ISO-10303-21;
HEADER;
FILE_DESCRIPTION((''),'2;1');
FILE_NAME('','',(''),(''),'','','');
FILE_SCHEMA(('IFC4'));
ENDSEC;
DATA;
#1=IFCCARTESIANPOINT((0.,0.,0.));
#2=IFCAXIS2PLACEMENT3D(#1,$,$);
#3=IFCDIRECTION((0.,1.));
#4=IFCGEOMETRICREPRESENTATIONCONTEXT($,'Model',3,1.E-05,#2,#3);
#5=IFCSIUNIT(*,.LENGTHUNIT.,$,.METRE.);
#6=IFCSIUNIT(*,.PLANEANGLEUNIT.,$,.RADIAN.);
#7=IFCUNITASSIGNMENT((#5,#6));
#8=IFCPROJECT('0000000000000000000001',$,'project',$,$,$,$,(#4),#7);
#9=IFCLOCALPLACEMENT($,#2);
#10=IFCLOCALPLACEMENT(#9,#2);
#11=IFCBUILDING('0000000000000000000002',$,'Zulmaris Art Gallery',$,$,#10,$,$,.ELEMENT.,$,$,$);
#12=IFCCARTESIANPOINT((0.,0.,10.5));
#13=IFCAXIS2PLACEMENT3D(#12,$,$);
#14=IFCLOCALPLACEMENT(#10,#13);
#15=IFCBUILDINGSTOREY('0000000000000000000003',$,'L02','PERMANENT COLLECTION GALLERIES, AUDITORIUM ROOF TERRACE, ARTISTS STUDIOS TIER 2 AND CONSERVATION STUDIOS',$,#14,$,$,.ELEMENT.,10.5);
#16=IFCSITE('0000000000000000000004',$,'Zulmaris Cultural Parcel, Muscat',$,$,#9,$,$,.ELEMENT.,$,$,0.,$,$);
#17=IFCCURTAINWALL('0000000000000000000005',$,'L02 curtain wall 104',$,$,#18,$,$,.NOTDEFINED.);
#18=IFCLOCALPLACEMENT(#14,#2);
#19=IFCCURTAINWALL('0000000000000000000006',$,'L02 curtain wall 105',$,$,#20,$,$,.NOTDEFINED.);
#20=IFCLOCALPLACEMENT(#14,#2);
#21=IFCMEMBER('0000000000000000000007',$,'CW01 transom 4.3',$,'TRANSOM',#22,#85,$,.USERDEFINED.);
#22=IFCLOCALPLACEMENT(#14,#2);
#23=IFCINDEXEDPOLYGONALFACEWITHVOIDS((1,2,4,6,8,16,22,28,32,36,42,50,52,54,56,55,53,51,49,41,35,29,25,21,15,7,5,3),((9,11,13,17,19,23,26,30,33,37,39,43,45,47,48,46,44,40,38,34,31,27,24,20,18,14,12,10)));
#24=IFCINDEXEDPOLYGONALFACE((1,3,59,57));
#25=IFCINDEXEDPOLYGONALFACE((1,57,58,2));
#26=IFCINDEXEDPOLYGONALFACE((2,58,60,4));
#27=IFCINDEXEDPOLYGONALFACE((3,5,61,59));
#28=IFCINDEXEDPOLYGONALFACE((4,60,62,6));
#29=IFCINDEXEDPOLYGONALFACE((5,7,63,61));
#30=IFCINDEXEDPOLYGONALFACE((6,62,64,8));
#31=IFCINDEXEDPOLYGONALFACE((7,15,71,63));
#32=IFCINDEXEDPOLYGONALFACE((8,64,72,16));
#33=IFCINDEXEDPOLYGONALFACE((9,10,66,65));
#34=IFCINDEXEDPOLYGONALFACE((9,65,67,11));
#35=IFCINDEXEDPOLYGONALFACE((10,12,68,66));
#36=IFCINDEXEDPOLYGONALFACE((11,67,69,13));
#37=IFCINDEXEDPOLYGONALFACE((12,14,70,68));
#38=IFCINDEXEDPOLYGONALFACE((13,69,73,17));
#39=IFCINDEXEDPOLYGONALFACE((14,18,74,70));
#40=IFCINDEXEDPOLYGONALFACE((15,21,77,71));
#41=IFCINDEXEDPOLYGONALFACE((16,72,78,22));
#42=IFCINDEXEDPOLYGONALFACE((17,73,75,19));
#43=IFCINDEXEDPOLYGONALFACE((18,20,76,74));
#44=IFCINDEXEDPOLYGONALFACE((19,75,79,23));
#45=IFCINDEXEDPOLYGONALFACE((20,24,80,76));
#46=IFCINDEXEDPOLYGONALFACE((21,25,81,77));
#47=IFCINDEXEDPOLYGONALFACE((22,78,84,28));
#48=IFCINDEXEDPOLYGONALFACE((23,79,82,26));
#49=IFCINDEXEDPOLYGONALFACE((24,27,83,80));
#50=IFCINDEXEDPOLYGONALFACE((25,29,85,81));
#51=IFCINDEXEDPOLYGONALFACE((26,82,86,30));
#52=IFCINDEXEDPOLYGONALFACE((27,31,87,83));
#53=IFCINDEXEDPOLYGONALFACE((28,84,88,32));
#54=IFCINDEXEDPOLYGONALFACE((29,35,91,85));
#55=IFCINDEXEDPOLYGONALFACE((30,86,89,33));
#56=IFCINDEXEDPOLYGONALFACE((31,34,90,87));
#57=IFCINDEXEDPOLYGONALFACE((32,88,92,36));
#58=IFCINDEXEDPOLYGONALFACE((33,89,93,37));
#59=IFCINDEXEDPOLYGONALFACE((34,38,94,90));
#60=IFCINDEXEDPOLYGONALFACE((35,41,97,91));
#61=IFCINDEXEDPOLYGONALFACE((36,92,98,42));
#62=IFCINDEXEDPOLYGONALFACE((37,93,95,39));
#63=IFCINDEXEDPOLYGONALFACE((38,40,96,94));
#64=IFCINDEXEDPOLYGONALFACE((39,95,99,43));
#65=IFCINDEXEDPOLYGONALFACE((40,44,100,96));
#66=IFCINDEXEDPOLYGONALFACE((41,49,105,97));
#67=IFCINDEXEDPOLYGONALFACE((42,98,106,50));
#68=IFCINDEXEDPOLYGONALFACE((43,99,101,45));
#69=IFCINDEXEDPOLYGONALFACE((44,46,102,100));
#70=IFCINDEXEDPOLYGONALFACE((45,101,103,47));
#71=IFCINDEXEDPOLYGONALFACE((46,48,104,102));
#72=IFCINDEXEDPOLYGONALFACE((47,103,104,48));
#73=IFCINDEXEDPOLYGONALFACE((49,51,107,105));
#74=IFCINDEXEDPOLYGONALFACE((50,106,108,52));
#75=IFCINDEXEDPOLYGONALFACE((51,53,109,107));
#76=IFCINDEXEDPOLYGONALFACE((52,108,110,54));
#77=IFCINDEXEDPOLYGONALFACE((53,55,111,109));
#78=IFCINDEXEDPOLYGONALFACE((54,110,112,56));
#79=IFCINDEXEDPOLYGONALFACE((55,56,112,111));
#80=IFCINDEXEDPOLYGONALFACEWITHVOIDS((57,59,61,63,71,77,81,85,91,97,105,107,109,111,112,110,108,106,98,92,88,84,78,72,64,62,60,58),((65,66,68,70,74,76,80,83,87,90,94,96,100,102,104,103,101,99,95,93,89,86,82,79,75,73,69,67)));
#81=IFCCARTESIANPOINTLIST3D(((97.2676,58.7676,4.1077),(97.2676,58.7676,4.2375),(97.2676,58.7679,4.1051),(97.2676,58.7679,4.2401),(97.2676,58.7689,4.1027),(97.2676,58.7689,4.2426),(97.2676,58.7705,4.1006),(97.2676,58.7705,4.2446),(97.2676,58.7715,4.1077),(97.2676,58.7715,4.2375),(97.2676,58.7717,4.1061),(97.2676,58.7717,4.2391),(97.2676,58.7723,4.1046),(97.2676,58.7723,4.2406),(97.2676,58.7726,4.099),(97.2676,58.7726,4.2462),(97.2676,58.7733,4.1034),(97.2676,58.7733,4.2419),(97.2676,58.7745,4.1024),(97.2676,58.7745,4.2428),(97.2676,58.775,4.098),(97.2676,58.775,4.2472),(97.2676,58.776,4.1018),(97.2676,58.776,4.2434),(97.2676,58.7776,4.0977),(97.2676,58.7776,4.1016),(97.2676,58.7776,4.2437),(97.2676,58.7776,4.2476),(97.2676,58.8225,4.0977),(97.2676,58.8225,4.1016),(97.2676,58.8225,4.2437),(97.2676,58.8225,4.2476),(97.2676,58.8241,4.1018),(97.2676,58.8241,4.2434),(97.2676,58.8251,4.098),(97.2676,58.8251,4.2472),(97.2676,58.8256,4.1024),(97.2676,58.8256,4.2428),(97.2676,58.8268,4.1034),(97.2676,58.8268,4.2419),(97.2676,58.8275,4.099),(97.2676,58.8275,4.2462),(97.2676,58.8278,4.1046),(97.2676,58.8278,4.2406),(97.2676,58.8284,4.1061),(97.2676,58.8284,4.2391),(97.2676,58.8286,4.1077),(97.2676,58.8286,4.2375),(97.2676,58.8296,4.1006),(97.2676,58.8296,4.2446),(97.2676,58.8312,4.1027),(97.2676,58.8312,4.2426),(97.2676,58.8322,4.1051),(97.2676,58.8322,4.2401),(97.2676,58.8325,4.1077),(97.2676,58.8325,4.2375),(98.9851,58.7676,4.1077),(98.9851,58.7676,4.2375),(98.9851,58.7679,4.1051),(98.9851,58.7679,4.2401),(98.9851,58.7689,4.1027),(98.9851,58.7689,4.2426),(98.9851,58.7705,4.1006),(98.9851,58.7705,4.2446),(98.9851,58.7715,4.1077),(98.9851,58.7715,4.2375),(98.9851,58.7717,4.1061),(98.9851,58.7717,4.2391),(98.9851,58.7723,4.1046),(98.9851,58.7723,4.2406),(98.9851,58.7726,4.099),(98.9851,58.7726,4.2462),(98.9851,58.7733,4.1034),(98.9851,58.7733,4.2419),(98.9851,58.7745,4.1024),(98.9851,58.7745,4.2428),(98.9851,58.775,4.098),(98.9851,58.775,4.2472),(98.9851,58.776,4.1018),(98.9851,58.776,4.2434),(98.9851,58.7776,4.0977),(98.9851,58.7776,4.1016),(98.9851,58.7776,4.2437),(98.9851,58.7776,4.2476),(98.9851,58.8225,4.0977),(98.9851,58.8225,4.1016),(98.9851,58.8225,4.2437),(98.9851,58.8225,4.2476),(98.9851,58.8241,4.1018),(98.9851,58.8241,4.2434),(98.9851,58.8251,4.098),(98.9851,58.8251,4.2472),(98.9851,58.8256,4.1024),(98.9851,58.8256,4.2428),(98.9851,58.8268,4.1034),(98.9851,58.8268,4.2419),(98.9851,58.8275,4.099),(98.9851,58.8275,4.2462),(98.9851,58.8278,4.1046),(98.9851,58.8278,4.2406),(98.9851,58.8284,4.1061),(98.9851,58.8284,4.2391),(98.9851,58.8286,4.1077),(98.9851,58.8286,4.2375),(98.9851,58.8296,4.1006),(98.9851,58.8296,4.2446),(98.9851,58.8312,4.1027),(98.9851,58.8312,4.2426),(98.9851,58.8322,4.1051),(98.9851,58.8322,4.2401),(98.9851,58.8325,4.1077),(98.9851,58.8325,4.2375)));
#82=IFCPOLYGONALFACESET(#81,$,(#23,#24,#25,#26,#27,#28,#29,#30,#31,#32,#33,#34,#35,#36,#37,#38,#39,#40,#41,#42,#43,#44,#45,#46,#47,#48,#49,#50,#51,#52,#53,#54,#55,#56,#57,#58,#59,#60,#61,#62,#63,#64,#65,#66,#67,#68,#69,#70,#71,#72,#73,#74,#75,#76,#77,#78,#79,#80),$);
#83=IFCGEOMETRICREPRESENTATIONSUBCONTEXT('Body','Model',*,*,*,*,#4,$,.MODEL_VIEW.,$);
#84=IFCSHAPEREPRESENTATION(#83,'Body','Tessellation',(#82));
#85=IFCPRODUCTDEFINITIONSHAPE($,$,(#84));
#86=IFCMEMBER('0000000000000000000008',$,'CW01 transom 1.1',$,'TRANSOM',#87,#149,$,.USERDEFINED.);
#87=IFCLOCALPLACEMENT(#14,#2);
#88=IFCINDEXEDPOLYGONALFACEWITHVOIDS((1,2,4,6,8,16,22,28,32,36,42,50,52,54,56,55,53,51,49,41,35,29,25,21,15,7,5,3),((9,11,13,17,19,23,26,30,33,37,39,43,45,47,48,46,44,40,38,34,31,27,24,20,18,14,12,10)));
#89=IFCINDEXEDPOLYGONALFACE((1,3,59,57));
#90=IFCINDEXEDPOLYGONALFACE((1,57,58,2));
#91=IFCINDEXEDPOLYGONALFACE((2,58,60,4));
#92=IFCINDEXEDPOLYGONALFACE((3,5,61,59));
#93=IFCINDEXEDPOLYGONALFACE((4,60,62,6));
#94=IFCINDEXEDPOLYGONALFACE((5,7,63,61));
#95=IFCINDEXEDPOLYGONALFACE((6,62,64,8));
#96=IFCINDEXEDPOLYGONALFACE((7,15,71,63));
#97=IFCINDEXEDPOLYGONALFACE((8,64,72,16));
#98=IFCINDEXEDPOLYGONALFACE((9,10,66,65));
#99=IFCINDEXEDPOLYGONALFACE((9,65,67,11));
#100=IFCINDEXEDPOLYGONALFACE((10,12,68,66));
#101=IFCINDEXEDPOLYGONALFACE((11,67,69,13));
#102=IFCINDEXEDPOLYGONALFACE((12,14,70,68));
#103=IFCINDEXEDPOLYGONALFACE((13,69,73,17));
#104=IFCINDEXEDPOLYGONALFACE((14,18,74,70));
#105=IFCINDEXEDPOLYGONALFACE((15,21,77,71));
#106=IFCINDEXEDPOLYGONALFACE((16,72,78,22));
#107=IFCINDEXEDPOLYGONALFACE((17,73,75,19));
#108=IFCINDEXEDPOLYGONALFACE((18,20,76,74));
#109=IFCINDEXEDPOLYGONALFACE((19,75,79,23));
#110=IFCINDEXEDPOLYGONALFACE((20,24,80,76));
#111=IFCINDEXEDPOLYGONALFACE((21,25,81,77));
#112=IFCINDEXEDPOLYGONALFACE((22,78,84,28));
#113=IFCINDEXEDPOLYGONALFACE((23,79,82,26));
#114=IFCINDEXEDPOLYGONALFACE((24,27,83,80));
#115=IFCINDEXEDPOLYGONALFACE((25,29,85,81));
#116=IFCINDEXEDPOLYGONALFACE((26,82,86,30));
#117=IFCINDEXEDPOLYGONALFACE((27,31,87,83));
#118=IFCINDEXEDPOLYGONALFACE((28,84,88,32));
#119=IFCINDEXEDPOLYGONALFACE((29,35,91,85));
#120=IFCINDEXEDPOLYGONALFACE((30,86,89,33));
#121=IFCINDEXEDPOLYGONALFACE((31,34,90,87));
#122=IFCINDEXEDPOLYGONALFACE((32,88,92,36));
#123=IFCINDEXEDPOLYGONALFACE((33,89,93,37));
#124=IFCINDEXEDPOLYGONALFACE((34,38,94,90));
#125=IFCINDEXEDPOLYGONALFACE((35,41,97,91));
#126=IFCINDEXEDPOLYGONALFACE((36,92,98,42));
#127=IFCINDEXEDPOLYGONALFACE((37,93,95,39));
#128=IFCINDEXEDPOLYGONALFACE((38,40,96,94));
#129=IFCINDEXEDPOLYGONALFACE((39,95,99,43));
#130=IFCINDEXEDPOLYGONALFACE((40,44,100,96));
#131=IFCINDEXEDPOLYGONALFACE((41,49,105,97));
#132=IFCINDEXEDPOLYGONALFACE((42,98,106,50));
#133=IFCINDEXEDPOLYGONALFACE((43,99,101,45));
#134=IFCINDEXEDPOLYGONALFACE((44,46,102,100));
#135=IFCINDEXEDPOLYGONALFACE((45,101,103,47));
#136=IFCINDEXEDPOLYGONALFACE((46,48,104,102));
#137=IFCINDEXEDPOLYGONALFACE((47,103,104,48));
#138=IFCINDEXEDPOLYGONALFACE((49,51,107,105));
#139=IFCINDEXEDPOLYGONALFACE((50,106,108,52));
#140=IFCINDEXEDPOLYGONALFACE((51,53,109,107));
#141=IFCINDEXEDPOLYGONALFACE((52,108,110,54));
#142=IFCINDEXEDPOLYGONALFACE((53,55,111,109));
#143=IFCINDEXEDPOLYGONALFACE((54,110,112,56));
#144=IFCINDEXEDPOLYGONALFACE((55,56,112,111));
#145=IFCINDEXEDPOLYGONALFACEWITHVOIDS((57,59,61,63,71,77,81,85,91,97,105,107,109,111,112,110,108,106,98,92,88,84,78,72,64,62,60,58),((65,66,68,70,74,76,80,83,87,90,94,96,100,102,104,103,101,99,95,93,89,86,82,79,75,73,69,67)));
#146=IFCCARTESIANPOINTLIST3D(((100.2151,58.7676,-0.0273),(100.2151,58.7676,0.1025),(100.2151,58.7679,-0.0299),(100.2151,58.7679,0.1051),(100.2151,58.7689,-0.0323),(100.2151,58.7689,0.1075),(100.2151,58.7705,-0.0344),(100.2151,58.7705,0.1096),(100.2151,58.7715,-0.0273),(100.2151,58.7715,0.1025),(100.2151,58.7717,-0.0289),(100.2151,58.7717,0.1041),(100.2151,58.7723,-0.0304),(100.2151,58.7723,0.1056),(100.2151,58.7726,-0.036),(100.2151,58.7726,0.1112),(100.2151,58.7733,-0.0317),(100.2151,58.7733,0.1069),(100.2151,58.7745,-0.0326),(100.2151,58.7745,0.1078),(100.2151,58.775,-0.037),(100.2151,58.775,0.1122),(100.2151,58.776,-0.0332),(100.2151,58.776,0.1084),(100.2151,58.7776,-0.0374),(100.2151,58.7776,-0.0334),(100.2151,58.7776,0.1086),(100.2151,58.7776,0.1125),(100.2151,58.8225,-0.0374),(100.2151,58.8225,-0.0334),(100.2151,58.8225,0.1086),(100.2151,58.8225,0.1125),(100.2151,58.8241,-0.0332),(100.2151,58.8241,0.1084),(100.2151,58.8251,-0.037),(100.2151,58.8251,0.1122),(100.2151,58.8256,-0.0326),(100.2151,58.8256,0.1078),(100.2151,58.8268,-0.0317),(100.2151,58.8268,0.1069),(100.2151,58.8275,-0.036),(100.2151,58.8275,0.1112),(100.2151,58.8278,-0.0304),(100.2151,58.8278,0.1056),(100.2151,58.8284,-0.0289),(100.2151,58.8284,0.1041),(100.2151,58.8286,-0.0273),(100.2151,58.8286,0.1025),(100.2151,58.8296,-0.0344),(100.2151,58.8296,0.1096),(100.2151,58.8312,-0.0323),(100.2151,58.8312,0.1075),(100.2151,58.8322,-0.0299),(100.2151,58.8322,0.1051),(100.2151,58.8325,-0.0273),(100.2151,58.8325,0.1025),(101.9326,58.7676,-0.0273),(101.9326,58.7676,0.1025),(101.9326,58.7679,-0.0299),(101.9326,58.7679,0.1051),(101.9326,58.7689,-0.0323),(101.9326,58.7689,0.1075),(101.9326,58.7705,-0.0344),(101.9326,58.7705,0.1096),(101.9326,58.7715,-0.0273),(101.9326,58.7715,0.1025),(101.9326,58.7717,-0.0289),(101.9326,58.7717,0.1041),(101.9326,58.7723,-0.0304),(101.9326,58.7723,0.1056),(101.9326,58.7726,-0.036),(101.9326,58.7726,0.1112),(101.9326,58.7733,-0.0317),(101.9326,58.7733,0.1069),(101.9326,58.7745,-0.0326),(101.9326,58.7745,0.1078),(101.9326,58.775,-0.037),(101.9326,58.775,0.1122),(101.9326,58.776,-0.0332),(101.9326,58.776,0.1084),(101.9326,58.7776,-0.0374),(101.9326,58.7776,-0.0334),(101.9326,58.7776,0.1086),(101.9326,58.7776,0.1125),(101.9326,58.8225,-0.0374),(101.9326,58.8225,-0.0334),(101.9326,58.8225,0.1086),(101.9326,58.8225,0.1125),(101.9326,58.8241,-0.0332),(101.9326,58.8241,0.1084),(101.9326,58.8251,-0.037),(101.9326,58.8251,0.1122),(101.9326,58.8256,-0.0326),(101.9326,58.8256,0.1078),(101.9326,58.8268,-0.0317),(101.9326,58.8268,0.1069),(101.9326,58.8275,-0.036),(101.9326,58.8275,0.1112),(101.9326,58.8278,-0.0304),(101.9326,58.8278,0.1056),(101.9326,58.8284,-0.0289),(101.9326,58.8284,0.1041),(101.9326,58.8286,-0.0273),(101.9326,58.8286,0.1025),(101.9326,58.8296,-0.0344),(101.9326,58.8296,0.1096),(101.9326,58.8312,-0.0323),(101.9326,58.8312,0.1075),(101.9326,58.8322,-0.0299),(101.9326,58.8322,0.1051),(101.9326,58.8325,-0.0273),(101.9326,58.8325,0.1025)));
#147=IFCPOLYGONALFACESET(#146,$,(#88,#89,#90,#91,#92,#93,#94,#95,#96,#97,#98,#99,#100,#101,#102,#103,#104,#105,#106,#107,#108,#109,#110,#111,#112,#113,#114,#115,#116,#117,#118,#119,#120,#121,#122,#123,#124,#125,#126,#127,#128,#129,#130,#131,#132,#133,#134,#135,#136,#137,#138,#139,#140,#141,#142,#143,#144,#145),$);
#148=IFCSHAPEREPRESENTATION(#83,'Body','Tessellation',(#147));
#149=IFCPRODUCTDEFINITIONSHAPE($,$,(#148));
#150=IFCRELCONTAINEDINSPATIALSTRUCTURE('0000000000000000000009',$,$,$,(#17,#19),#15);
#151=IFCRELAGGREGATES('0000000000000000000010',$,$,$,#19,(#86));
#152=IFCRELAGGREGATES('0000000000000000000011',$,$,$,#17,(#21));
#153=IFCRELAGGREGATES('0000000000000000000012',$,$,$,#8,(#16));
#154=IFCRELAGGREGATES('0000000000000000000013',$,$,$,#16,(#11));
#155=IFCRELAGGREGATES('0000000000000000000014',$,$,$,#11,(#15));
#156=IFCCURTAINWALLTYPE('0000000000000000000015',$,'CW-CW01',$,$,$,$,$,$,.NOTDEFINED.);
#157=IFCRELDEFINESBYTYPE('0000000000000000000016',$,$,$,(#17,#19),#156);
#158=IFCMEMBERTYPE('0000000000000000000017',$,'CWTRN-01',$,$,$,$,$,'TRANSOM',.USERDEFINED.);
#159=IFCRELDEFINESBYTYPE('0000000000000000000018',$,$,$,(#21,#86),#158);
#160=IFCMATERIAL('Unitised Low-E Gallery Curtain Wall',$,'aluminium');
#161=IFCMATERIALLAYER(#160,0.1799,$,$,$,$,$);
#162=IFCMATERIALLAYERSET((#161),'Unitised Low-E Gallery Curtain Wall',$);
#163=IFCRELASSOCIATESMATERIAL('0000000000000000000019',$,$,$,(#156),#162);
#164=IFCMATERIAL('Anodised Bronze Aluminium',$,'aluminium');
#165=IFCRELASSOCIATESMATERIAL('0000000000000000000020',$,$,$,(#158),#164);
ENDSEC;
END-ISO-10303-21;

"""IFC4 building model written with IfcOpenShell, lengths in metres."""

from ifc_helpers import new_model, si_unit, direction, frame, origin, origin_2d, place, context, subcontext, project, spatial, hollow_rectangle, extrude, material, layer, layer_set, material_profile, profile_set, type_object, element, aggregate, save


model = new_model("IFC4")

# Units and contexts
model_context = context("Model", 3, precision=1e-05, world=origin(), true_north=direction((0.0, 1.0)))
body_context = subcontext(model_context, "Body", "Model", "MODEL_VIEW")
ifc_project = project(units=[si_unit("LENGTHUNIT", "METRE"), si_unit("PLANEANGLEUNIT", "RADIAN")], contexts=[model_context])

# Site, building, storey
site_placement = place(None, origin())
site = spatial("IfcSite", under=ifc_project, at=site_placement, Name="Zulmaris Cultural Parcel, Muscat", CompositionType="ELEMENT", RefElevation=0.0)
building_placement = place(site_placement, origin())
building = spatial("IfcBuilding", under=site, at=building_placement, Name="Zulmaris Art Gallery", CompositionType="ELEMENT")
storey_placement = place(building_placement, frame((0.0, 0.0, 10.5)))
storey = spatial("IfcBuildingStorey", under=building, at=storey_placement, Name="L02", Description="PERMANENT COLLECTION GALLERIES, AUDITORIUM ROOF TERRACE, ARTISTS STUDIOS TIER 2 AND CONSERVATION STUDIOS", CompositionType="ELEMENT", Elevation=10.5)

# Curtain walls
ifc_material_1 = material(Name="Unitised Low-E Gallery Curtain Wall", Category="aluminium")
ifc_layer_1 = layer(ifc_material_1, 0.1799)
ifc_layer_set_1 = layer_set([ifc_layer_1], Name="Unitised Low-E Gallery Curtain Wall")
curtain_wall_type = type_object("IfcCurtainWallType", Name="CW-CW01", PredefinedType="NOTDEFINED", material=ifc_layer_set_1)
curtain_wall_1_placement = place(storey_placement, origin())
curtain_wall_1 = element("IfcCurtainWall", 1, at=curtain_wall_1_placement, inside=storey, type_object=curtain_wall_type, Name="L02 curtain wall 104", PredefinedType="NOTDEFINED")
ifc_material_2 = material(Name="Anodised Bronze Aluminium", Category="aluminium")
curtain_wall_2_placement = place(storey_placement, origin())
curtain_wall_2 = element("IfcCurtainWall", 2, at=curtain_wall_2_placement, inside=storey, type_object=curtain_wall_type, Name="L02 curtain wall 105", PredefinedType="NOTDEFINED")

# Members
ifc_material_profile_1 = material_profile(ifc_material_2, hollow_rectangle(XDim=0.0649, YDim=0.1499, WallThickness=0.0039, InnerFilletRadius=0.0061, OuterFilletRadius=0.01, at=origin_2d()), Name="ALU 65x150x4")
ifc_profile_set_1 = profile_set([ifc_material_profile_1], Name="Anodised Bronze Aluminium")
member_type_1 = type_object("IfcMemberType", Name="CWTRN-01", ElementType="TRANSOM", PredefinedType="USERDEFINED", material=ifc_profile_set_1)
member_1_placement = place(storey_placement, frame((97.2676, 58.8, 4.1726), z_axis=(1.0, 0.0, 0.0), x_axis=(0.0, 1.0, 0.0)))
member_1 = element("IfcMember", 3, at=member_1_placement, type_object=member_type_1, Name="CW01 transom 4.3", ObjectType="TRANSOM", PredefinedType="USERDEFINED", context=body_context, shape_type="SweptSolid", body=[
    extrude(hollow_rectangle(XDim=0.0649, YDim=0.1499, WallThickness=0.0039, InnerFilletRadius=0.0061, OuterFilletRadius=0.01, at=origin_2d()), origin(), (0.0, 0.0, 1.0), 1.7175),
])
member_2_placement = place(storey_placement, frame((100.2151, 58.8, 0.0376), z_axis=(1.0, 0.0, 0.0), x_axis=(0.0, 1.0, 0.0)))
member_2 = element("IfcMember", 4, at=member_2_placement, type_object=member_type_1, Name="CW01 transom 1.1", ObjectType="TRANSOM", PredefinedType="USERDEFINED", context=body_context, shape_type="SweptSolid", body=[
    extrude(hollow_rectangle(XDim=0.0649, YDim=0.1499, WallThickness=0.0039, InnerFilletRadius=0.0061, OuterFilletRadius=0.01, at=origin_2d()), origin(), (0.0, 0.0, 1.0), 1.7175),
])
aggregate(curtain_wall_2, [member_2])

aggregate(curtain_wall_1, [member_1])

save(model, "model.ifc")
